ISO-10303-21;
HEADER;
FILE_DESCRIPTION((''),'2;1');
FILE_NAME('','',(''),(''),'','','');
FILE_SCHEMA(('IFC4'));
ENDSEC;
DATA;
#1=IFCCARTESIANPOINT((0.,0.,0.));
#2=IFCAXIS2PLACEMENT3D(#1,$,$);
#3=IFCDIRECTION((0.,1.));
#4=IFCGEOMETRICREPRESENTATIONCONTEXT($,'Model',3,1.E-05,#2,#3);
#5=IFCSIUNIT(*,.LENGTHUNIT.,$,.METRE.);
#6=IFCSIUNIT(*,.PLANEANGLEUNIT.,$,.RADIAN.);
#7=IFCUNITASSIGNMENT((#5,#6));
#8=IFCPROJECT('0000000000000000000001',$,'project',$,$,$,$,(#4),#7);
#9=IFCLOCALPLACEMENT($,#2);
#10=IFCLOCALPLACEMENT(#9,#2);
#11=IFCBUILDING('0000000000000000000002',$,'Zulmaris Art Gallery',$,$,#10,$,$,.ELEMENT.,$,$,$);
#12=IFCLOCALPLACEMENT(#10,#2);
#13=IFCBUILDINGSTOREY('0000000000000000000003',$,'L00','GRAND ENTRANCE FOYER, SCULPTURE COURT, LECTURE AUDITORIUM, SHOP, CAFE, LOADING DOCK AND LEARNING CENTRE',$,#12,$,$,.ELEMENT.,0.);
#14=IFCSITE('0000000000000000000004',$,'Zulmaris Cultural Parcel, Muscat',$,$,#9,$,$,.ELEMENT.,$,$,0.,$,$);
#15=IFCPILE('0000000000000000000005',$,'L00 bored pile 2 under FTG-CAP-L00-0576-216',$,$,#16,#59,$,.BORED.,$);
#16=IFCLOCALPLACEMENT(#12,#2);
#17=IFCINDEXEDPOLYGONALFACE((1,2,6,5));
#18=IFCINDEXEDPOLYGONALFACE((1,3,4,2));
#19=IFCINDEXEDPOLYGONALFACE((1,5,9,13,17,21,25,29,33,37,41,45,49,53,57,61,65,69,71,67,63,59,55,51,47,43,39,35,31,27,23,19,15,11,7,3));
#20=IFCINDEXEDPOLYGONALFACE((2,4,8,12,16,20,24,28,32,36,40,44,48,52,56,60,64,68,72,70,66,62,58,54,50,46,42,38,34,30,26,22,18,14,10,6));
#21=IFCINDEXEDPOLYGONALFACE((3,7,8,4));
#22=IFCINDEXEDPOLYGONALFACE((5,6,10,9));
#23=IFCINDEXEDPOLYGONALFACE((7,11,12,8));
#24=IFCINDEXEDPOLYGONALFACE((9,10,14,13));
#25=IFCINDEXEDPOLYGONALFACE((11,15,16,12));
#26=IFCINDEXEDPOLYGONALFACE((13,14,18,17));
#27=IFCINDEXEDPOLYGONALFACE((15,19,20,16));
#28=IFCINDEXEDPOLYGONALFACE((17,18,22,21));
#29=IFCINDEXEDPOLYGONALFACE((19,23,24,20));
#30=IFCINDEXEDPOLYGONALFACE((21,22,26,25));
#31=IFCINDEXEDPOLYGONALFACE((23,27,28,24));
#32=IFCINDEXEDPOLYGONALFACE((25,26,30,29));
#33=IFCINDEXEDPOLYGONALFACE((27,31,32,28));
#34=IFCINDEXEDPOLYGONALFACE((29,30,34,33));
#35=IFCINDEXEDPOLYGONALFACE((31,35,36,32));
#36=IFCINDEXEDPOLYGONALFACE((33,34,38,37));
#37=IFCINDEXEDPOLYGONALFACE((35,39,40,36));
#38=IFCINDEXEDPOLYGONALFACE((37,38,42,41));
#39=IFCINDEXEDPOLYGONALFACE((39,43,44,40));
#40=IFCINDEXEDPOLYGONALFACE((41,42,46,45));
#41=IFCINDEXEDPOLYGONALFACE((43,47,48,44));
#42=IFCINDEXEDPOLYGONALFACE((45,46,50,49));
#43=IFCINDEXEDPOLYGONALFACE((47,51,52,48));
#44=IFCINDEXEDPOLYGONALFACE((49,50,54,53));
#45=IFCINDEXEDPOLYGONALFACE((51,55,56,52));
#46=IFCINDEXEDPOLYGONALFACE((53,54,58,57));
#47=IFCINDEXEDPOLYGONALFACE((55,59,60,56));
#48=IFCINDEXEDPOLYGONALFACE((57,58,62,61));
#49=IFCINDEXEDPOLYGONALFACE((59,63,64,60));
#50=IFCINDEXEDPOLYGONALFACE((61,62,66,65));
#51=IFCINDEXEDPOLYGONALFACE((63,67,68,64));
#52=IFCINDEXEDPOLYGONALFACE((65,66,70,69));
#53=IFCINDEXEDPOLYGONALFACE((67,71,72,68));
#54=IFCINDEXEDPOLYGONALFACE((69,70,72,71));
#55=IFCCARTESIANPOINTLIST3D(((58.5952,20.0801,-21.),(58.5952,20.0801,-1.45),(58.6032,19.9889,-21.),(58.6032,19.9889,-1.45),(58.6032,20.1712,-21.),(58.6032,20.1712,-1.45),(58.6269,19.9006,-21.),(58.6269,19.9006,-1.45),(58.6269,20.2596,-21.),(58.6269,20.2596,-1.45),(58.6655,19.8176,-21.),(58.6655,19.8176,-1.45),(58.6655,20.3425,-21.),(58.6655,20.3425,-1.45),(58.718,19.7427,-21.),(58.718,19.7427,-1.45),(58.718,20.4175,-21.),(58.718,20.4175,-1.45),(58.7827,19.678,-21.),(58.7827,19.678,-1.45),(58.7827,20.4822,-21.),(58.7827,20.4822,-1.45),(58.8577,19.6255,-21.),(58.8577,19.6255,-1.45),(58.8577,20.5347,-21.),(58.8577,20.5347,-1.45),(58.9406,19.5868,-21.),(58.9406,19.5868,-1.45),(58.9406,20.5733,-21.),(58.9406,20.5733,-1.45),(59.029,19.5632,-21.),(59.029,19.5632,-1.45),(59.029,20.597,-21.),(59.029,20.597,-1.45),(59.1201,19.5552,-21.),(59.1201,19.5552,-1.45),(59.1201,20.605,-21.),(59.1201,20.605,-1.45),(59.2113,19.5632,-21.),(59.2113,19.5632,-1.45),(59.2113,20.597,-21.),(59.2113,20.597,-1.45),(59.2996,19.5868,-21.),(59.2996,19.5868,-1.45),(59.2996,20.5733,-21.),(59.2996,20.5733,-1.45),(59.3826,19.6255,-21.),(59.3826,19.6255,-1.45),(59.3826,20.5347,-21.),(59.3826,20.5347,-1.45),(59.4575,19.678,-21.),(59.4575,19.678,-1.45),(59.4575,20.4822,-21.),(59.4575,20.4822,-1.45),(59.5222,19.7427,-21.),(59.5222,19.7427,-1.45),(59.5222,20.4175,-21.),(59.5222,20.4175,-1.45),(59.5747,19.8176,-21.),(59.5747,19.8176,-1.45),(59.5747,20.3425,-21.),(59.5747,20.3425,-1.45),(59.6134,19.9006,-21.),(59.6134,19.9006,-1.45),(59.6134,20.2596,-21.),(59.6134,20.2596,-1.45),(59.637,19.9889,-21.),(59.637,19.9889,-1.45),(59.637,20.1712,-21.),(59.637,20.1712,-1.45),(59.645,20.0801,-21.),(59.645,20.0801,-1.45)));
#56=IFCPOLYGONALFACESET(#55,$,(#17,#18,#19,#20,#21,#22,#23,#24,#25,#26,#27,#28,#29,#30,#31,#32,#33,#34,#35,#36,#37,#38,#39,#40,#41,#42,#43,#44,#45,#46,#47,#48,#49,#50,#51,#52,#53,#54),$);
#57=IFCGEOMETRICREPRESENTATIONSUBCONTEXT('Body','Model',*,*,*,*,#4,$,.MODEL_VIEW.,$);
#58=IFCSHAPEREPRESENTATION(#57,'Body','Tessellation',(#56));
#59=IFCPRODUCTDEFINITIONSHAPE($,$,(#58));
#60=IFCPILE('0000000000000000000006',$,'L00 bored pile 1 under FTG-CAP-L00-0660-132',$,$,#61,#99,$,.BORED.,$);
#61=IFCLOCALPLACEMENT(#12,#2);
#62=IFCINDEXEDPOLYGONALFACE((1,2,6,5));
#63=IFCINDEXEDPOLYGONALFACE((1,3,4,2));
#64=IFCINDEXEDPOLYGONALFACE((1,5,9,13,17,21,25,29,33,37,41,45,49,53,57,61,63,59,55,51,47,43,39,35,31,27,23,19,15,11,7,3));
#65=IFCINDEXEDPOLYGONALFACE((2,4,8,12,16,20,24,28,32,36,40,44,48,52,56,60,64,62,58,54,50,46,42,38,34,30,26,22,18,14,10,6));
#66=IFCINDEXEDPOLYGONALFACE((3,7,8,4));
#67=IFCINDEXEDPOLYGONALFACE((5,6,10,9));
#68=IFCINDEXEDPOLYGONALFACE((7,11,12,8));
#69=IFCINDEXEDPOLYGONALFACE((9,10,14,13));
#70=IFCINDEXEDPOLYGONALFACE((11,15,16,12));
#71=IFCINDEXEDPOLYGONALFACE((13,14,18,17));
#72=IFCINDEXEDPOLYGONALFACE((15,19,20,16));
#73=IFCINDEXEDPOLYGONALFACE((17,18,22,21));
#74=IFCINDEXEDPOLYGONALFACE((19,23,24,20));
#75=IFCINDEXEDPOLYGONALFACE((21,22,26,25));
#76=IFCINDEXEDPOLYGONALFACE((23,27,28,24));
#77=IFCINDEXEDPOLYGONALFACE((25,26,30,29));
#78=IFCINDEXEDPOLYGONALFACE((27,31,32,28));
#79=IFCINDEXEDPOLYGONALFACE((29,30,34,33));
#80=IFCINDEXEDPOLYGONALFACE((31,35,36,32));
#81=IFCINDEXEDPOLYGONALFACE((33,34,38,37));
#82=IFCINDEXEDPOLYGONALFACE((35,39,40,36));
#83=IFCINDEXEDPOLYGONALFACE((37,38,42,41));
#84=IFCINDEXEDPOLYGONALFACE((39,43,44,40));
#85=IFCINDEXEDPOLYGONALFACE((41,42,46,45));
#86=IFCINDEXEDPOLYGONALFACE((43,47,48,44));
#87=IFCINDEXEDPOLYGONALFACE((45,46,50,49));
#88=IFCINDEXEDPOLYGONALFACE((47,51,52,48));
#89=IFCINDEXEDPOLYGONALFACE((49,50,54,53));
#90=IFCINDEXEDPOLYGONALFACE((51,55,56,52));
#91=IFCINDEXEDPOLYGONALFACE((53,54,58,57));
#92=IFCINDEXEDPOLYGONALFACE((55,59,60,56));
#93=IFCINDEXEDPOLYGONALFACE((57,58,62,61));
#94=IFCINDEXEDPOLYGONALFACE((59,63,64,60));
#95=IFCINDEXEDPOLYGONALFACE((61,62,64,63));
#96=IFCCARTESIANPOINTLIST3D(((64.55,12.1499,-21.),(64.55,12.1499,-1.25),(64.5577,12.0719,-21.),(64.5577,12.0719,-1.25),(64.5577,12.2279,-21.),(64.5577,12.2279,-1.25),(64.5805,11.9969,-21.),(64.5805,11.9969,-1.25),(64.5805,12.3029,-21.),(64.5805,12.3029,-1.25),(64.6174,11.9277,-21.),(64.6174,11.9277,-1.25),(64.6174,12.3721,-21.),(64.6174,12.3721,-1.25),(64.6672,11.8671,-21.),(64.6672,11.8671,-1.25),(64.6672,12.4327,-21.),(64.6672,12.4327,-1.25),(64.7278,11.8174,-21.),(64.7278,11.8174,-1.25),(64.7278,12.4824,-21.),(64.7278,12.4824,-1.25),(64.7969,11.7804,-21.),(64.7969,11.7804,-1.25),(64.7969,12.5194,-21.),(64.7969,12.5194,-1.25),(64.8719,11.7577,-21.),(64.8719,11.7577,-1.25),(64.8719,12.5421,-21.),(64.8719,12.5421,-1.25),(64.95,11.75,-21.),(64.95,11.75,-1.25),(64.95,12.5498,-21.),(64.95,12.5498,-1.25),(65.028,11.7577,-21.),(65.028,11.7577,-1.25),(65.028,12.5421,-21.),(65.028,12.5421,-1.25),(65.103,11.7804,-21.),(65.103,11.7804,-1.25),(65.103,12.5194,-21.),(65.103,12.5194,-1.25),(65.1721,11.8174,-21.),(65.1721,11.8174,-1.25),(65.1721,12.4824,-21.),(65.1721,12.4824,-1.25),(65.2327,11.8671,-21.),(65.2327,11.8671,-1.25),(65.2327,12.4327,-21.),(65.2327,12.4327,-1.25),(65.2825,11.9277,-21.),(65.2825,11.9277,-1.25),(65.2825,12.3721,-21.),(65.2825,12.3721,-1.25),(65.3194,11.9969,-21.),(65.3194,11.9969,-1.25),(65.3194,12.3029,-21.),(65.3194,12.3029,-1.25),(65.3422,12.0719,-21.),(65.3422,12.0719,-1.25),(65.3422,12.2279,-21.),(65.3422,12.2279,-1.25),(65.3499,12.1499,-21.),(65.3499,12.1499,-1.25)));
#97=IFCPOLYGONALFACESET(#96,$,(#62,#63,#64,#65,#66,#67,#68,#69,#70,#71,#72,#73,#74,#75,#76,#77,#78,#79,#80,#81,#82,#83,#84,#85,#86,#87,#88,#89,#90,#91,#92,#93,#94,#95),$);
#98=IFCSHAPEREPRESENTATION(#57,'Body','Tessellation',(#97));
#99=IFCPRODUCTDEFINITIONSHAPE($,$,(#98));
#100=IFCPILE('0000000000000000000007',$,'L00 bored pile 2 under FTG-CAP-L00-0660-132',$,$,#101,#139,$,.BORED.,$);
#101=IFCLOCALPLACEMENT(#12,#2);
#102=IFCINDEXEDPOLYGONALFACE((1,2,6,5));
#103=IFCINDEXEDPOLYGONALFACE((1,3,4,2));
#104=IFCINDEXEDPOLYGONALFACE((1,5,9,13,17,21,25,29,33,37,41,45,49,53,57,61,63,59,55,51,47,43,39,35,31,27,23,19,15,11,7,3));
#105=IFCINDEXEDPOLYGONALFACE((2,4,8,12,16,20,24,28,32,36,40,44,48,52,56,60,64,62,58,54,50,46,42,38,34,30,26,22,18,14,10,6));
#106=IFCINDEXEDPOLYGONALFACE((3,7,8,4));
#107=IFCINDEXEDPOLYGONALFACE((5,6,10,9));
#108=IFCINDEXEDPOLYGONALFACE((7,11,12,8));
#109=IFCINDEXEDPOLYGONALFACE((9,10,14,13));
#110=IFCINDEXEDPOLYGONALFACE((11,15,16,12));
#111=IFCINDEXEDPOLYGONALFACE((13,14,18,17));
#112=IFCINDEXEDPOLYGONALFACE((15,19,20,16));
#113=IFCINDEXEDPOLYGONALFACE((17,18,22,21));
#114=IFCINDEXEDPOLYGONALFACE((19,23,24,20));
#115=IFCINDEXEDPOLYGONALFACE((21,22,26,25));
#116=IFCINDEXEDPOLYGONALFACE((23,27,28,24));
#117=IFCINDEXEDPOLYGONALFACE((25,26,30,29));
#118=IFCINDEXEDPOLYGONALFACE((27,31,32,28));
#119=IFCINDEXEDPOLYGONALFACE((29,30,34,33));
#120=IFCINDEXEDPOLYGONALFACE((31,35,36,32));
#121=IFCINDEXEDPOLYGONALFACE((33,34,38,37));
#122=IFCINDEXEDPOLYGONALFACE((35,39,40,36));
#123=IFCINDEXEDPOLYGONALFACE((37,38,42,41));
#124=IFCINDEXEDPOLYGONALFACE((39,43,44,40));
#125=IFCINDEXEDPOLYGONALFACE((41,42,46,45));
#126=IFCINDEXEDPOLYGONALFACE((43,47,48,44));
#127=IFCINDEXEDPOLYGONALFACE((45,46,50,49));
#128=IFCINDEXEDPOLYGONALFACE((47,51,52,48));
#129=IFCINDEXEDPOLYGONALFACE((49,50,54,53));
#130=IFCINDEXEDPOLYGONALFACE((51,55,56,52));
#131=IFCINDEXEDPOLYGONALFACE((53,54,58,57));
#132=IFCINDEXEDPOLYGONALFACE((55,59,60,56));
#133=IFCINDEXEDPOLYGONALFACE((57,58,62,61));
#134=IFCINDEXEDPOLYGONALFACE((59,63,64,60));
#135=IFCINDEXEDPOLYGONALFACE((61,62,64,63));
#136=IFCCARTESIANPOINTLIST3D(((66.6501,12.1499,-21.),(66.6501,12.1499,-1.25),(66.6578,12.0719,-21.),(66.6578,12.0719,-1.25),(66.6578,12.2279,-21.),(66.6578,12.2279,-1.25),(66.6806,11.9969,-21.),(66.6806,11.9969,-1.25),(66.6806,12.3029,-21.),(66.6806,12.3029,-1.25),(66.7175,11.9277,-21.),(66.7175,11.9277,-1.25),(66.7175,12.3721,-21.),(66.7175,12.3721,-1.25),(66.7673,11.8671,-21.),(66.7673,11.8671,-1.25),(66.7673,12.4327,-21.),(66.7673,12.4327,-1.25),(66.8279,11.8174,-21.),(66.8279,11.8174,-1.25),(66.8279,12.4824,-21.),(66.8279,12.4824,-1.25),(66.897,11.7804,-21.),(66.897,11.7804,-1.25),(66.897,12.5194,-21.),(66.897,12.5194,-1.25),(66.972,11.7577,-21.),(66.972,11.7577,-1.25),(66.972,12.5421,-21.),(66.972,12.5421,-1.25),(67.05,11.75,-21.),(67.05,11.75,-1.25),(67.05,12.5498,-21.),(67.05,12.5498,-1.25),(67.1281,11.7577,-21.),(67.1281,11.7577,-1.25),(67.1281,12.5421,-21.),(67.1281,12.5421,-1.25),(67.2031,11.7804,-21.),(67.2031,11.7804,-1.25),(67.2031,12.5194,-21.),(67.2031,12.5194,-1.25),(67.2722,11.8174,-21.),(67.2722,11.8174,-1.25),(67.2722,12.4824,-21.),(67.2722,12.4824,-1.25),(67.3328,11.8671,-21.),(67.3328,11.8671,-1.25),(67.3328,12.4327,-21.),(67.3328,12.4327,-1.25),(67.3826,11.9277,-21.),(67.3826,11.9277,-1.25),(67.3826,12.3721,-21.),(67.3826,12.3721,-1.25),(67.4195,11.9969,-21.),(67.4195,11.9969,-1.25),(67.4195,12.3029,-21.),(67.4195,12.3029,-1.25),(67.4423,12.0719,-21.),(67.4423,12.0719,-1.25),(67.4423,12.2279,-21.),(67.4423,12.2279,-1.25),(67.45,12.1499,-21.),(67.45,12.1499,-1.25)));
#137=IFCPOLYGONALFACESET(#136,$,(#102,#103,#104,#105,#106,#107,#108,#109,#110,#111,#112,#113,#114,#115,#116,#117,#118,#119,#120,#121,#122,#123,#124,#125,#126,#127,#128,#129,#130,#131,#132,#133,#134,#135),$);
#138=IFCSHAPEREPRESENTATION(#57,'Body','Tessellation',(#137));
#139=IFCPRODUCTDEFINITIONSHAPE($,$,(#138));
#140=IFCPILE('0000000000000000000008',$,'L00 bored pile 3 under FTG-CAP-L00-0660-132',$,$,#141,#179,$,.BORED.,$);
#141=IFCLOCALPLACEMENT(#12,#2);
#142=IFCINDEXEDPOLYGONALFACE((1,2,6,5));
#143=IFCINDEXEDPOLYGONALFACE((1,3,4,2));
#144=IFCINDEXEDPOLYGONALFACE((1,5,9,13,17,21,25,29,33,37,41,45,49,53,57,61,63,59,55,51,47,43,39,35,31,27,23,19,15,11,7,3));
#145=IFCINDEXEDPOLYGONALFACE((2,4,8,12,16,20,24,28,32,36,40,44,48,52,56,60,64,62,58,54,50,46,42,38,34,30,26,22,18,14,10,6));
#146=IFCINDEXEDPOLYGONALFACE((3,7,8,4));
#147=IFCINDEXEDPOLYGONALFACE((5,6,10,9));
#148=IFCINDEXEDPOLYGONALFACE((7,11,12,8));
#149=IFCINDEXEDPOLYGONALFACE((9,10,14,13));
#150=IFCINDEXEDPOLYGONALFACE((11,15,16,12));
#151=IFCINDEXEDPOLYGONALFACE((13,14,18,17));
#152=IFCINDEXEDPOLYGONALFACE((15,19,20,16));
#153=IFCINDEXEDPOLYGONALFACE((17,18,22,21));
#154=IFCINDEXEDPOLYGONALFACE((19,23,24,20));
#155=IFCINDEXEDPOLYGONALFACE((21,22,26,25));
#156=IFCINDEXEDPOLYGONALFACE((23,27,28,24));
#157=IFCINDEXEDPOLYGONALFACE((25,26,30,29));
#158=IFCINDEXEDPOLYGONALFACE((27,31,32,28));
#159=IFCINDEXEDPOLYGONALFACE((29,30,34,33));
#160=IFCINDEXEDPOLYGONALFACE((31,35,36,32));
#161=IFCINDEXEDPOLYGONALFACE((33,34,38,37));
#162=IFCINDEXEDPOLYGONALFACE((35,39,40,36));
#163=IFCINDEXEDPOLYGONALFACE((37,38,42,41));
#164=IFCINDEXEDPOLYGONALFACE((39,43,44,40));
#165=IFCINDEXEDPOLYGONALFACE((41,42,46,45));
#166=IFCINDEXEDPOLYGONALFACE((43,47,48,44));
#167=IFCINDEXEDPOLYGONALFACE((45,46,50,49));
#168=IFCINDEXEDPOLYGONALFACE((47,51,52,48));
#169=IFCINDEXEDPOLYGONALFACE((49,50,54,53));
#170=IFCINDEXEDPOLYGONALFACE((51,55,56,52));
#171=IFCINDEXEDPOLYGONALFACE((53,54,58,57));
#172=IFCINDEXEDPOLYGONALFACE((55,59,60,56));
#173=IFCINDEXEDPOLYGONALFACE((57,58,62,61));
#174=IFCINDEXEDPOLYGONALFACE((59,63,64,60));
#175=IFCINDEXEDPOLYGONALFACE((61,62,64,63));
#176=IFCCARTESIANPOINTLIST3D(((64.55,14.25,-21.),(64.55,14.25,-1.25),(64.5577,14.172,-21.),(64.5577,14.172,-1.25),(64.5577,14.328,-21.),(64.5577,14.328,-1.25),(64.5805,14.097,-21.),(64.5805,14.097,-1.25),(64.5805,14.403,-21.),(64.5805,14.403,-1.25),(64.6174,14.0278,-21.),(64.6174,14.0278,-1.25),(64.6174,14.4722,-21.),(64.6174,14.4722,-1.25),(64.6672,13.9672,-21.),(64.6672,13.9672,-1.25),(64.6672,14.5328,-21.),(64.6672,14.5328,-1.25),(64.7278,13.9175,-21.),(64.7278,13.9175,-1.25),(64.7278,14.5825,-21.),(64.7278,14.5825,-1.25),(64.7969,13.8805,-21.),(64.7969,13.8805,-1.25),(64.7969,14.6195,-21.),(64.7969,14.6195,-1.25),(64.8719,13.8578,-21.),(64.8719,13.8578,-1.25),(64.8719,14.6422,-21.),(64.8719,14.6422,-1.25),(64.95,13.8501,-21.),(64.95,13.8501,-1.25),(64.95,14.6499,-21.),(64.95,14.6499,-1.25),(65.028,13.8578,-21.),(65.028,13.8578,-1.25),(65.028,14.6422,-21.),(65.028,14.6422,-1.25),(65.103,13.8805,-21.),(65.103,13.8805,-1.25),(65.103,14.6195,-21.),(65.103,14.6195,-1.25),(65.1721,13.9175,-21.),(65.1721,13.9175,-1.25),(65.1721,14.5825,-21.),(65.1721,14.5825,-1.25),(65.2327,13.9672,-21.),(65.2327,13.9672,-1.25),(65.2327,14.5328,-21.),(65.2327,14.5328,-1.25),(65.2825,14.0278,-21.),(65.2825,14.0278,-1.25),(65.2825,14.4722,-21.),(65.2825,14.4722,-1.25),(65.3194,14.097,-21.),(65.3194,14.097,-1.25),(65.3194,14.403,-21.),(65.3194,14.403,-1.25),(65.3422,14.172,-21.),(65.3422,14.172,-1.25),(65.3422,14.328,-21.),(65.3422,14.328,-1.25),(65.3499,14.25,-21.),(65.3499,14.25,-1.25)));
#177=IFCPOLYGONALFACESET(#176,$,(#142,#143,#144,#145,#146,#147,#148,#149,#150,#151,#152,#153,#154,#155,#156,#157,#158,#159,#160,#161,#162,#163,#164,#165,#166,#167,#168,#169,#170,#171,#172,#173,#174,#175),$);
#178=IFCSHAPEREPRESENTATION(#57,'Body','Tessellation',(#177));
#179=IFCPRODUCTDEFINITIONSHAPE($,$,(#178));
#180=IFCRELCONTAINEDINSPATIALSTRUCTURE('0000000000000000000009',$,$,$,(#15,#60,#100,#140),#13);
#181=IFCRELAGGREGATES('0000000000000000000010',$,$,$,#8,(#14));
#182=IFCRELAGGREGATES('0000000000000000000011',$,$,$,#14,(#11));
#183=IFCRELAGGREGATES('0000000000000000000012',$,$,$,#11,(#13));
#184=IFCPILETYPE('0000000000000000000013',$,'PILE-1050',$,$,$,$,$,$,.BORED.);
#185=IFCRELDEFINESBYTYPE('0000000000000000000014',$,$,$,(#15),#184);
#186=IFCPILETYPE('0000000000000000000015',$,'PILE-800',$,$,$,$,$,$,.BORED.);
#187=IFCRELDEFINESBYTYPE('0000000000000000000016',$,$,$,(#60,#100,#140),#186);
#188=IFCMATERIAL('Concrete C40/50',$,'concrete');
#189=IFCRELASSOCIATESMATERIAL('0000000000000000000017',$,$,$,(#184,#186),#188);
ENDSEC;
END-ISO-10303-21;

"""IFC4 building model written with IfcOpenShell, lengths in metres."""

from ifc_helpers import new_model, si_unit, direction, frame, origin, origin_2d, place, context, subcontext, project, spatial, circle, extrude, material, material_profile, profile_set, type_object, element, save


model = new_model("IFC4")

# Units and contexts
model_context = context("Model", 3, precision=1e-05, world=origin(), true_north=direction((0.0, 1.0)))
body_context = subcontext(model_context, "Body", "Model", "MODEL_VIEW")
ifc_project = project(units=[si_unit("LENGTHUNIT", "METRE"), si_unit("PLANEANGLEUNIT", "RADIAN")], contexts=[model_context])

# Site, building, storey
site_placement = place(None, origin())
site = spatial("IfcSite", under=ifc_project, at=site_placement, Name="Zulmaris Cultural Parcel, Muscat", CompositionType="ELEMENT", RefElevation=0.0)
building_placement = place(site_placement, origin())
building = spatial("IfcBuilding", under=site, at=building_placement, Name="Zulmaris Art Gallery", CompositionType="ELEMENT")
storey_placement = place(building_placement, origin())
storey = spatial("IfcBuildingStorey", under=building, at=storey_placement, Name="L00", Description="GRAND ENTRANCE FOYER, SCULPTURE COURT, LECTURE AUDITORIUM, SHOP, CAFE, LOADING DOCK AND LEARNING CENTRE", CompositionType="ELEMENT", Elevation=0.0)

# Piles
ifc_material_1 = material(Name="Concrete C40/50", Category="concrete")
ifc_material_profile_1 = material_profile(ifc_material_1, circle(Radius=0.5249, at=origin_2d()), Name="PILE DIA 1050")
ifc_profile_set_1 = profile_set([ifc_material_profile_1], Name="Concrete C40/50")
pile_type_1 = type_object("IfcPileType", Name="PILE-1050", PredefinedType="BORED", material=ifc_profile_set_1)
pile_placement = place(storey_placement, frame((59.1201, 20.0801, -1.45), z_axis=(0.0, 0.0, -1.0), x_axis=(1.0, 0.0, 0.0)))
element("IfcPile", 1, at=pile_placement, inside=storey, type_object=pile_type_1, Name="L00 bored pile 2 under FTG-CAP-L00-0576-216", PredefinedType="BORED", context=body_context, shape_type="SweptSolid", body=[
    extrude(circle(Radius=0.5249, at=origin_2d()), origin(), (0.0, 0.0, 1.0), 19.55),
])
ifc_material_profile_2 = material_profile(ifc_material_1, circle(Radius=0.3999, at=origin_2d()), Name="PILE DIA 800")
ifc_profile_set_2 = profile_set([ifc_material_profile_2], Name="Concrete C40/50")
pile_type_2 = type_object("IfcPileType", Name="PILE-800", PredefinedType="BORED", material=ifc_profile_set_2)
for number, where, z_axis, x_axis, name in (
    (2, (64.95, 12.1499, -1.25), (0.0, 0.0, -1.0), (1.0, 0.0, 0.0), "L00 bored pile 1 under FTG-CAP-L00-0660-132"),
    (3, (67.05, 12.1499, -1.25), (0.0, 0.0, -1.0), (1.0, 0.0, 0.0), "L00 bored pile 2 under FTG-CAP-L00-0660-132"),
    (4, (64.95, 14.25, -1.25), (0.0, 0.0, -1.0), (1.0, 0.0, 0.0), "L00 bored pile 3 under FTG-CAP-L00-0660-132"),
):
    element("IfcPile", number, at=place(storey_placement, frame(where, z_axis=z_axis, x_axis=x_axis)), inside=storey, type_object=pile_type_2, Name=name, PredefinedType="BORED", context=body_context, shape_type="SweptSolid", body=[
        extrude(circle(Radius=0.3999, at=origin_2d()), origin(), (0.0, 0.0, 1.0), 19.75),
    ])

save(model, "model.ifc")
